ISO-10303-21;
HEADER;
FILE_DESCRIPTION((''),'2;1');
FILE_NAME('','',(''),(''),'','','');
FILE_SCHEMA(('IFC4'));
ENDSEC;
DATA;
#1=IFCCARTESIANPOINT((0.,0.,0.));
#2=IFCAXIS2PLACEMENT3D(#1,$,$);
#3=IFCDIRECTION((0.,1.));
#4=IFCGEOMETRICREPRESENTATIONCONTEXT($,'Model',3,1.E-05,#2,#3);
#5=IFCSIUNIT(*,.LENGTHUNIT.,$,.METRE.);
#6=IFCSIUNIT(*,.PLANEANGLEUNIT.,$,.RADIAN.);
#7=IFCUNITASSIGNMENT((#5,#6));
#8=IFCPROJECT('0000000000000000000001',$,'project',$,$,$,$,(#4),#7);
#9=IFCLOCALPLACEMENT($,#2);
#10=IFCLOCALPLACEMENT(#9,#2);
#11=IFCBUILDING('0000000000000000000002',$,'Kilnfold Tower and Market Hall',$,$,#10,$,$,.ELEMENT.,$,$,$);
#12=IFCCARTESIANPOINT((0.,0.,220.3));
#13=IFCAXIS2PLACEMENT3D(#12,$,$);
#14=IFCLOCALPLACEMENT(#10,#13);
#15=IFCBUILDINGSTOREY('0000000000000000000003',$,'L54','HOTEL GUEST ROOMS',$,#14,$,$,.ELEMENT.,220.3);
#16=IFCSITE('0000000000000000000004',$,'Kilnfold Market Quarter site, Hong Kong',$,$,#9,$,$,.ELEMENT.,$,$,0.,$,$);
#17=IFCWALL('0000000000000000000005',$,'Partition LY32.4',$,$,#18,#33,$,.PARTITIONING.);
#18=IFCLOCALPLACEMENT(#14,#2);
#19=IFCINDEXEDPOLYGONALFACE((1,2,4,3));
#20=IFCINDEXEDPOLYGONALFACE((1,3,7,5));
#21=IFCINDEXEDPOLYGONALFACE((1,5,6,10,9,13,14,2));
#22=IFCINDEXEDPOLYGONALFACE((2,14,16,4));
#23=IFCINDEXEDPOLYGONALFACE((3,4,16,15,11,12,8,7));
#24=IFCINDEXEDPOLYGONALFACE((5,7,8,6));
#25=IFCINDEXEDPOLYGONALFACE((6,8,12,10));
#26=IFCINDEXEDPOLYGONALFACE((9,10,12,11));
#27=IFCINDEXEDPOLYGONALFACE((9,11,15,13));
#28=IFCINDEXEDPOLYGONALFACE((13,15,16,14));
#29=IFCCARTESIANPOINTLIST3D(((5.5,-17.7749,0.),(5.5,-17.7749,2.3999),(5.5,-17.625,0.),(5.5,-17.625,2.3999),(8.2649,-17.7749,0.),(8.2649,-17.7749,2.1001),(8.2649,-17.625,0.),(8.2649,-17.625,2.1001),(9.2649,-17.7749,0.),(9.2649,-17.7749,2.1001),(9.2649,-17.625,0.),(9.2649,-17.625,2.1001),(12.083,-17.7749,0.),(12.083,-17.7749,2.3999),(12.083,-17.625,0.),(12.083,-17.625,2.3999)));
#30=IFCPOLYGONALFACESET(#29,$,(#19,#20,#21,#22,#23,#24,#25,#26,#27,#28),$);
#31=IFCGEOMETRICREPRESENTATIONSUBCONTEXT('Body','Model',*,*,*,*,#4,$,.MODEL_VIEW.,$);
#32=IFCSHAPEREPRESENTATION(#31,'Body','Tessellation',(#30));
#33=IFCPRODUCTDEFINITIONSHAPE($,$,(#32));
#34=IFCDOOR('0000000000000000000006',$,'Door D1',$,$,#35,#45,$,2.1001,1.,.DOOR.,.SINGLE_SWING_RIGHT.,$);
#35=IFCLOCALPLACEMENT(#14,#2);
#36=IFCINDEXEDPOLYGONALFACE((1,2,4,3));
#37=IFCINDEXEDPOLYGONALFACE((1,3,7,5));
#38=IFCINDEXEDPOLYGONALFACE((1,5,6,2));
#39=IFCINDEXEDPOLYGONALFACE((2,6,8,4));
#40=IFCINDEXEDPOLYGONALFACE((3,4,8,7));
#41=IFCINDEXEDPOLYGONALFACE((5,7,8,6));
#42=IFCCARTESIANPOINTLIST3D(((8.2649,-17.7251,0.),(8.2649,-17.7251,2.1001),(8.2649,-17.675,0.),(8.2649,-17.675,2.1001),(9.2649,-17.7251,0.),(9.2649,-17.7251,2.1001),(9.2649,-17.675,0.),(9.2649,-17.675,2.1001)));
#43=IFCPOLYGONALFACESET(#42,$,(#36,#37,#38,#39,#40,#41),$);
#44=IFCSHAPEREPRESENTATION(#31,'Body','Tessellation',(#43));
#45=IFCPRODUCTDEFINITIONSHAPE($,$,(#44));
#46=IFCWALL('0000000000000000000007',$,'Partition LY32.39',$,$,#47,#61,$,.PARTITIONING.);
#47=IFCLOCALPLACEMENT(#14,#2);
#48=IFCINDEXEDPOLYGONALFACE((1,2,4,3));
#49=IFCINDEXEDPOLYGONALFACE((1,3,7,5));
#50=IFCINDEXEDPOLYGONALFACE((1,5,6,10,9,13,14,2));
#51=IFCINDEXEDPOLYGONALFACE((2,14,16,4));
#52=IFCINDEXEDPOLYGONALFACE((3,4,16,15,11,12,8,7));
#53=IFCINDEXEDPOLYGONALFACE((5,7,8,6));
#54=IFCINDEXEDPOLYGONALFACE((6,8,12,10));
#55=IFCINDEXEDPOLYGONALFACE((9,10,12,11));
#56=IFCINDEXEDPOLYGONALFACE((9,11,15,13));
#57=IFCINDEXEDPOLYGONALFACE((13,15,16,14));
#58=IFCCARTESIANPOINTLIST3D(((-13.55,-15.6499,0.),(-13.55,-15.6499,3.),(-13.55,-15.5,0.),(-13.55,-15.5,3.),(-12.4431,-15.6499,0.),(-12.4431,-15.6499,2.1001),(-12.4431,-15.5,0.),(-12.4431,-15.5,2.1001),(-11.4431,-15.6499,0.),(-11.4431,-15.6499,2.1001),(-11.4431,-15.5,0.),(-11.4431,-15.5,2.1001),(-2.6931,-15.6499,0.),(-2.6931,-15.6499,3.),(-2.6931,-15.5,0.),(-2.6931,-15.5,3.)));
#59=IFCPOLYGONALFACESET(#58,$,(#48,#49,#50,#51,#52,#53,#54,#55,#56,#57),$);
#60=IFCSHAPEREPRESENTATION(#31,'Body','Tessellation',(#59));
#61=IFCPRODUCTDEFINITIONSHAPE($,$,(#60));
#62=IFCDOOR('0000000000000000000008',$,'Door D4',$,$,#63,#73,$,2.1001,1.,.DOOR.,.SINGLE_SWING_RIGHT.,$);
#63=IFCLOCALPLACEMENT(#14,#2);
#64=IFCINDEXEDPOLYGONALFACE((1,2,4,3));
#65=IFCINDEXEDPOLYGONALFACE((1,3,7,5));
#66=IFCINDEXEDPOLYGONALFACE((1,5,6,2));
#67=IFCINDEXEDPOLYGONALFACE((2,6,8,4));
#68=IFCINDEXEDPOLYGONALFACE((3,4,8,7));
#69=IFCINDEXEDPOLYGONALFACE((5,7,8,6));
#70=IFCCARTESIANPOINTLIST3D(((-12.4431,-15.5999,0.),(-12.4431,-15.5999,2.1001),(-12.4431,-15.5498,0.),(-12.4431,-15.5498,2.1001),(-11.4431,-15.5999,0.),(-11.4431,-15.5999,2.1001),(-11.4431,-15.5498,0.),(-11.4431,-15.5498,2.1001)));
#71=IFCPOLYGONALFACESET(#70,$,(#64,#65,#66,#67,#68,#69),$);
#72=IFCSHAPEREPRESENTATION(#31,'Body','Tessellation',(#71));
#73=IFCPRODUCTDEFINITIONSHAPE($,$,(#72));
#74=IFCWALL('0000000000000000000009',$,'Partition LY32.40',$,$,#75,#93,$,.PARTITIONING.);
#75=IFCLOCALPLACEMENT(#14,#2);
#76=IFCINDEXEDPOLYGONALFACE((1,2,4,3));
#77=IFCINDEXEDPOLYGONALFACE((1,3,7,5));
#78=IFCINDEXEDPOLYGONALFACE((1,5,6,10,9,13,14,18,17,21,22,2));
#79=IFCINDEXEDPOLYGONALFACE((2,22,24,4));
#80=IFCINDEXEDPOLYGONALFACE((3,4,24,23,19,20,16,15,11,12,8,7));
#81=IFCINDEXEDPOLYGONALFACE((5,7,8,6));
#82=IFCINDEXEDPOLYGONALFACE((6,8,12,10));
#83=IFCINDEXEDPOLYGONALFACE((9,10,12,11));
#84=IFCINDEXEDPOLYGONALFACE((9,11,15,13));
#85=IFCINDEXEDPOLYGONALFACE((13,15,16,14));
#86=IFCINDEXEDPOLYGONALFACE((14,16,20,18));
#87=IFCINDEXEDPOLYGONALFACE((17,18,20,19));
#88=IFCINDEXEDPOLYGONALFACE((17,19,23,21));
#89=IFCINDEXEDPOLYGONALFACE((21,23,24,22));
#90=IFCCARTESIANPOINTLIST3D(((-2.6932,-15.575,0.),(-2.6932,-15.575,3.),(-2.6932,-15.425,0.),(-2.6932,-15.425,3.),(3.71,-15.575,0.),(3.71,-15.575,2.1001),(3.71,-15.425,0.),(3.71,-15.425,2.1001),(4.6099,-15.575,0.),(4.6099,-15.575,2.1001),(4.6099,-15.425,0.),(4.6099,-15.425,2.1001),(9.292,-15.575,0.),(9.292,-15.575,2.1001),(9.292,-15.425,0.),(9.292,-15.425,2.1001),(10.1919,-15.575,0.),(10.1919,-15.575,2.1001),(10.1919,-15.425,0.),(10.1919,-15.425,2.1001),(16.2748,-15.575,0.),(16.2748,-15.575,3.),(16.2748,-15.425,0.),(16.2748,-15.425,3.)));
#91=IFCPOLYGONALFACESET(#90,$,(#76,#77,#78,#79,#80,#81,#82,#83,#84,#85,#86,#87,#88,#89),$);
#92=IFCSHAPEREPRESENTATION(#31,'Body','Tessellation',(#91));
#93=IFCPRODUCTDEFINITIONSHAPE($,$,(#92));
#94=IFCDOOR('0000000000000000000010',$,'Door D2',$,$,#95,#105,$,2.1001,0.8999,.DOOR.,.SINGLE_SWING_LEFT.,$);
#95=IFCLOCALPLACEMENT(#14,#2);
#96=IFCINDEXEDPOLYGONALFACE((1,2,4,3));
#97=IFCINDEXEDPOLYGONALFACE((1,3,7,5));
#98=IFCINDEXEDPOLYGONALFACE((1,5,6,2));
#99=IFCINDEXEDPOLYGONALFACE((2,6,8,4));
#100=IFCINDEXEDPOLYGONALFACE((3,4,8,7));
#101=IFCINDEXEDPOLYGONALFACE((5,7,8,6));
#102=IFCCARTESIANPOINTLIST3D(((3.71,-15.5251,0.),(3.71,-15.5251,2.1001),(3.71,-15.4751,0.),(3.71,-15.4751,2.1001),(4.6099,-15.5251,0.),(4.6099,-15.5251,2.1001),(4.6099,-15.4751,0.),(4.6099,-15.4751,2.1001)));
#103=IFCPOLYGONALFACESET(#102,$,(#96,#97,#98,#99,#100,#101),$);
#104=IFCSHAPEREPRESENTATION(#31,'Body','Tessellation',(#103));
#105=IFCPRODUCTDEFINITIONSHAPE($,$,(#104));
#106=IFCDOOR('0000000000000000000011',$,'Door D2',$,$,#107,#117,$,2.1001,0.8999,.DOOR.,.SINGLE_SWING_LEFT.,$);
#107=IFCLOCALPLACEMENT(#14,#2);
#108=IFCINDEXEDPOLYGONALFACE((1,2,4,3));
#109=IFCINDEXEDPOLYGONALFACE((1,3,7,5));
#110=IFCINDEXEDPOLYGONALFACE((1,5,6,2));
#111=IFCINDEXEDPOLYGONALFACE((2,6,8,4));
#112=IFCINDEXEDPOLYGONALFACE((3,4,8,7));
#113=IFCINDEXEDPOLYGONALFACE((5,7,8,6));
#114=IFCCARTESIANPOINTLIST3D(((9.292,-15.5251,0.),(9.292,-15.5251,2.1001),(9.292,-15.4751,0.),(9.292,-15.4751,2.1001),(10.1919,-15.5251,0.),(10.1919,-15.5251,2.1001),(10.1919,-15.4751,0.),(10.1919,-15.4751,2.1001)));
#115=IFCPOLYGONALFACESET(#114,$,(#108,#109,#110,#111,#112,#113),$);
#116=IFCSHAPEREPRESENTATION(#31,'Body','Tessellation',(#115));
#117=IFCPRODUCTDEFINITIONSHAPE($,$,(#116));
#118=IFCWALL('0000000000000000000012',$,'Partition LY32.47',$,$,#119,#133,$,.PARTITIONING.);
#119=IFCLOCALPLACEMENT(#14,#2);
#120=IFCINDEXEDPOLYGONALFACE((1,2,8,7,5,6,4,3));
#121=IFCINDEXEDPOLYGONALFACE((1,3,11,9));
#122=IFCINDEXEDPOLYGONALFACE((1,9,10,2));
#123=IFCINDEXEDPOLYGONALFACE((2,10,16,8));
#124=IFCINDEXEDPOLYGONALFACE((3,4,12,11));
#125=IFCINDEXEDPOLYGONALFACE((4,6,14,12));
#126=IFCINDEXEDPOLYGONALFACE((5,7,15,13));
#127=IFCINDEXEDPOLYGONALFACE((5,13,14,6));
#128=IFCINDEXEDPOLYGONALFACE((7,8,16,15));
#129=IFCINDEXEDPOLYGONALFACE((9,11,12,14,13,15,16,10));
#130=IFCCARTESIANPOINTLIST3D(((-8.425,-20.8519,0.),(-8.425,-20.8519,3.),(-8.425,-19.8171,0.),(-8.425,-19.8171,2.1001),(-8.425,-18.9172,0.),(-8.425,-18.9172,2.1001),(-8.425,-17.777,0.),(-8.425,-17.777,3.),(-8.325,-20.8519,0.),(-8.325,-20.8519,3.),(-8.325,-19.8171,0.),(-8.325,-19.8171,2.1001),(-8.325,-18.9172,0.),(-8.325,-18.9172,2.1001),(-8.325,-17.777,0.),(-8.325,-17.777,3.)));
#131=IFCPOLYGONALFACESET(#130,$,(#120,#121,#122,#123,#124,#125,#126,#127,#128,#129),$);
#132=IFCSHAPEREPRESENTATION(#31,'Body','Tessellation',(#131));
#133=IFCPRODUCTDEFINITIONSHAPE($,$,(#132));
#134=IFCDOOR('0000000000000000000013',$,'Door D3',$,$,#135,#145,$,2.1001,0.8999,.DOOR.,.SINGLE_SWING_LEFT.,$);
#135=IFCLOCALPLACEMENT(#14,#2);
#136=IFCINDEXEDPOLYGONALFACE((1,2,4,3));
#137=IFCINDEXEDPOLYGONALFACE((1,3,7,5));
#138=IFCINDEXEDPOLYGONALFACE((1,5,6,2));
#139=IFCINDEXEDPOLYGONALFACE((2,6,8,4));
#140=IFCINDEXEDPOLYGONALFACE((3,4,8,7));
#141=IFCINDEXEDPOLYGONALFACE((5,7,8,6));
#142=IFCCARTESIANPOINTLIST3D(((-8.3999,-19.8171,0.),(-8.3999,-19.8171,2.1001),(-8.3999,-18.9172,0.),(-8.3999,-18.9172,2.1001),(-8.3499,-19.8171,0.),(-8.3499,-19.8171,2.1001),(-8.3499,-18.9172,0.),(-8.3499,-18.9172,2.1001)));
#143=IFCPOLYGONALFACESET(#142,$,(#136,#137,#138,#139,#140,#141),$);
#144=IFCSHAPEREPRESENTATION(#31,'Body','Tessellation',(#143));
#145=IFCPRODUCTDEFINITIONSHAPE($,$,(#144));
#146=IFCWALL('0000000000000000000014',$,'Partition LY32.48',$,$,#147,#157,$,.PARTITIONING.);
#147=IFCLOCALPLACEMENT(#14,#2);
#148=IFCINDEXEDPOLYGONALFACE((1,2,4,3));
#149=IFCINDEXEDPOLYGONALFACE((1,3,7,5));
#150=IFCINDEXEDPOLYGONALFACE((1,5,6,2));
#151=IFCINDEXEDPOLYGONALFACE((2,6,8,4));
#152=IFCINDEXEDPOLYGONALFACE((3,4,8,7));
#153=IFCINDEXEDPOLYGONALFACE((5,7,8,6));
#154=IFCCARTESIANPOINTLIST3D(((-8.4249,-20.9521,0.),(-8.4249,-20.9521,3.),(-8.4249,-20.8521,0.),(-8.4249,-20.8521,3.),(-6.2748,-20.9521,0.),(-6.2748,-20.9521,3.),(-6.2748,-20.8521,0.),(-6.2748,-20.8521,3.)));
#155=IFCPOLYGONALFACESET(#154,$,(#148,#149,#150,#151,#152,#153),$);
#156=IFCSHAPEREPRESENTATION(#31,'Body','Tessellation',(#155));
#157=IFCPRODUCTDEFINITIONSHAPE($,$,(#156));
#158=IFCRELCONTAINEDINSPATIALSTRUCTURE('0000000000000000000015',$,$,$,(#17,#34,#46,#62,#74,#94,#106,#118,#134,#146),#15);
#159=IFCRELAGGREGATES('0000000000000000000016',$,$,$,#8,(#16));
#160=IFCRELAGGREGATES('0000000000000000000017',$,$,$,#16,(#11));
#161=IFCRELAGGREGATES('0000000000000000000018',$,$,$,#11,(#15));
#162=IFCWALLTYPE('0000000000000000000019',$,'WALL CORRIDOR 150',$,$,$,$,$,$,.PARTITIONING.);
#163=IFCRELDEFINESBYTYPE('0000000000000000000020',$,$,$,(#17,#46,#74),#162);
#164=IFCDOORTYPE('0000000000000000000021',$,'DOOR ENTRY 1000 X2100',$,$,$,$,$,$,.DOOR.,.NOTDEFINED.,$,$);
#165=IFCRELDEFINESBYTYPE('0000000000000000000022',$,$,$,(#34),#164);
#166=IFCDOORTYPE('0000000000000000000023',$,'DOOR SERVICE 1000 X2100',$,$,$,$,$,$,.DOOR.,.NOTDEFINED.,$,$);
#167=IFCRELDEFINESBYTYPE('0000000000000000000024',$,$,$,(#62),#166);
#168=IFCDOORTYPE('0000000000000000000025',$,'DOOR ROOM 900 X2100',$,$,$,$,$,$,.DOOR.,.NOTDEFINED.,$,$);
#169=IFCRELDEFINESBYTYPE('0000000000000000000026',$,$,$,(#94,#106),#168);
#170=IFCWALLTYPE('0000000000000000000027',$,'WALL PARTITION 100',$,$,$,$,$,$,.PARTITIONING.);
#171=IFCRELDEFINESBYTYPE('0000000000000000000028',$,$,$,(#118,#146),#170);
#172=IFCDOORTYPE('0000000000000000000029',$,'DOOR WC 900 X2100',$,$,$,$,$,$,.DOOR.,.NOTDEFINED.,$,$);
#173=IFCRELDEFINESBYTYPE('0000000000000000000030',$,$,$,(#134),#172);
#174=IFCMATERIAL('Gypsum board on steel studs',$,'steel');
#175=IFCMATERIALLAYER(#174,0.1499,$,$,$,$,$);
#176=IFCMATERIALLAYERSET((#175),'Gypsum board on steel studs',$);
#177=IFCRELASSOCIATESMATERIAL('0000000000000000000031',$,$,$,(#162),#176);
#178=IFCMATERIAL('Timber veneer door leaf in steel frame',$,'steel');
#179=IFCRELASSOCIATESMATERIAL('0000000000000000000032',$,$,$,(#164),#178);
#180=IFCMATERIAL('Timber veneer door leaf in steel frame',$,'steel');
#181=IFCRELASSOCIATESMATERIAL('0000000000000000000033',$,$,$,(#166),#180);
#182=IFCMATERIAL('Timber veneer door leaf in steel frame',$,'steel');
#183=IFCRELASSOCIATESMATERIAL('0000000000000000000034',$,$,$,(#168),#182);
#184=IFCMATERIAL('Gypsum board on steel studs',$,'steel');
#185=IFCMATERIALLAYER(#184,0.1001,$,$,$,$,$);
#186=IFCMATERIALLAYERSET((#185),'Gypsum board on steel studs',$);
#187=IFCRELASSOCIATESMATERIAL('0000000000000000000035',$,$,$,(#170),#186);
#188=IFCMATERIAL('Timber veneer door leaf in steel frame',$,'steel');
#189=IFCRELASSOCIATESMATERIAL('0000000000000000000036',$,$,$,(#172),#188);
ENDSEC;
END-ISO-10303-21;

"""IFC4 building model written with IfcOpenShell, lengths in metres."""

from ifc_helpers import new_model, si_unit, direction, frame, frame_2d, origin, place, context, subcontext, project, spatial, rectangle, extrude, material, layer, layer_set, type_object, element, fill, save


model = new_model("IFC4")

# Units and contexts
model_context = context("Model", 3, precision=1e-05, world=origin(), true_north=direction((0.0, 1.0)))
body_context = subcontext(model_context, "Body", "Model", "MODEL_VIEW")
ifc_project = project(units=[si_unit("LENGTHUNIT", "METRE"), si_unit("PLANEANGLEUNIT", "RADIAN")], contexts=[model_context])

# Site, building, storey
site_placement = place(None, origin())
site = spatial("IfcSite", under=ifc_project, at=site_placement, Name="Kilnfold Market Quarter site, Hong Kong", CompositionType="ELEMENT", RefElevation=0.0)
building_placement = place(site_placement, origin())
building = spatial("IfcBuilding", under=site, at=building_placement, Name="Kilnfold Tower and Market Hall", CompositionType="ELEMENT")
storey_placement = place(building_placement, frame((0.0, 0.0, 220.3)))
storey = spatial("IfcBuildingStorey", under=building, at=storey_placement, Name="L54", Description="HOTEL GUEST ROOMS", CompositionType="ELEMENT", Elevation=220.3)

# Shared definitions
ifc_material_1 = material(Name="Gypsum board on steel studs", Category="steel")
ifc_layer_1 = layer(ifc_material_1, 0.1499)
ifc_layer_set_1 = layer_set([ifc_layer_1], Name="Gypsum board on steel studs")
wall_type_1 = type_object("IfcWallType", Name="WALL CORRIDOR 150", PredefinedType="PARTITIONING", material=ifc_layer_set_1)

# Walls, openings, doors
ifc_material_2 = material(Name="Timber veneer door leaf in steel frame", Category="steel")
door_type_1 = type_object("IfcDoorType", Name="DOOR ENTRY 1000 X2100", OperationType="NOTDEFINED", PredefinedType="DOOR", material=ifc_material_2)
wall_1_placement = place(storey_placement, frame((5.5, -17.7, 0.0), z_axis=(0.0, 0.0, 1.0), x_axis=(1.0, 0.0, 0.0)))
wall_1 = element("IfcWall", 1, at=wall_1_placement, inside=storey, type_object=wall_type_1, Name="Partition LY32.4", PredefinedType="PARTITIONING", context=body_context, shape_type="SweptSolid", body=[
    extrude(rectangle(XDim=6.583, YDim=0.1499, at=frame_2d((3.2915, 0.0))), origin(), (0.0, 0.0, 1.0), 2.3999),
])
opening_1_placement = place(wall_1_placement, frame((2.7649, 0.0, 0.0)))
opening_1 = element("IfcOpeningElement", 2, at=opening_1_placement, cuts=wall_1, PredefinedType="OPENING", context=body_context, shape_type="SweptSolid", body=[
    extrude(rectangle(XDim=1.0, YDim=2.1001, at=frame_2d((0.5, 1.05))), frame((0.0, 0.085, 0.0), z_axis=(0.0, -1.0, 0.0), x_axis=(1.0, 0.0, 0.0)), (0.0, 0.0, 1.0), 0.1699),
])
door_1_placement = place(opening_1_placement, origin())
door_1 = element("IfcDoor", 3, at=door_1_placement, inside=storey, type_object=door_type_1, Name="Door D1", OperationType="SINGLE_SWING_RIGHT", OverallHeight=2.1001, OverallWidth=1.0, PredefinedType="DOOR", context=body_context, shape_type="SweptSolid", body=[
    extrude(rectangle(XDim=1.0, YDim=2.1001, at=frame_2d((0.5, 1.05))), frame((0.0, 0.0249, 0.0), z_axis=(0.0, -1.0, 0.0), x_axis=(1.0, 0.0, 0.0)), (0.0, 0.0, 1.0), 0.05),
])
fill(opening_1, door_1)
wall_2_placement = place(storey_placement, frame((-2.6931, -15.575, 0.0), z_axis=(0.0, 0.0, 1.0), x_axis=(-1.0, 0.0, 0.0)))
wall_2 = element("IfcWall", 4, at=wall_2_placement, inside=storey, type_object=wall_type_1, Name="Partition LY32.39", PredefinedType="PARTITIONING", context=body_context, shape_type="SweptSolid", body=[
    extrude(rectangle(XDim=10.8569, YDim=0.1499, at=frame_2d((5.4285, 0.0))), origin(), (0.0, 0.0, 1.0), 3.0),
])
opening_2_placement = place(wall_2_placement, frame((8.75, 0.0, 0.0)))
opening_2 = element("IfcOpeningElement", 5, at=opening_2_placement, cuts=wall_2, PredefinedType="OPENING", context=body_context, shape_type="SweptSolid", body=[
    extrude(rectangle(XDim=1.0, YDim=2.1001, at=frame_2d((0.5, 1.05))), frame((0.0, 0.085, 0.0), z_axis=(0.0, -1.0, 0.0), x_axis=(1.0, 0.0, 0.0)), (0.0, 0.0, 1.0), 0.1699),
])
ifc_material_3 = material(Name="Timber veneer door leaf in steel frame", Category="steel")
door_type_2 = type_object("IfcDoorType", Name="DOOR SERVICE 1000 X2100", OperationType="NOTDEFINED", PredefinedType="DOOR", material=ifc_material_3)
door_2_placement = place(opening_2_placement, origin())
door_2 = element("IfcDoor", 6, at=door_2_placement, inside=storey, type_object=door_type_2, Name="Door D4", OperationType="SINGLE_SWING_RIGHT", OverallHeight=2.1001, OverallWidth=1.0, PredefinedType="DOOR", context=body_context, shape_type="SweptSolid", body=[
    extrude(rectangle(XDim=1.0, YDim=2.1001, at=frame_2d((0.5, 1.05))), frame((0.0, 0.0249, 0.0), z_axis=(0.0, -1.0, 0.0), x_axis=(1.0, 0.0, 0.0)), (0.0, 0.0, 1.0), 0.05),
])
fill(opening_2, door_2)

# Wall, openings, doors
wall_3_placement = place(storey_placement, frame((-2.6931, -15.5, 0.0), z_axis=(0.0, 0.0, 1.0), x_axis=(1.0, 0.0, 0.0)))
wall_3 = element("IfcWall", 7, at=wall_3_placement, inside=storey, type_object=wall_type_1, Name="Partition LY32.40", PredefinedType="PARTITIONING", context=body_context, shape_type="SweptSolid", body=[
    extrude(rectangle(XDim=18.968, YDim=0.1499, at=frame_2d((9.4839, 0.0))), origin(), (0.0, 0.0, 1.0), 3.0),
])
opening_3_placement = place(wall_3_placement, frame((6.4031, 0.0, 0.0)))
opening_3 = element("IfcOpeningElement", 8, at=opening_3_placement, cuts=wall_3, PredefinedType="OPENING", context=body_context, shape_type="SweptSolid", body=[
    extrude(rectangle(XDim=0.8999, YDim=2.1001, at=frame_2d((0.45, 1.05))), frame((0.0, 0.085, 0.0), z_axis=(0.0, -1.0, 0.0), x_axis=(1.0, 0.0, 0.0)), (0.0, 0.0, 1.0), 0.1699),
])
opening_4_placement = place(wall_3_placement, frame((11.9851, 0.0, 0.0)))
opening_4 = element("IfcOpeningElement", 9, at=opening_4_placement, cuts=wall_3, PredefinedType="OPENING", context=body_context, shape_type="SweptSolid", body=[
    extrude(rectangle(XDim=0.8999, YDim=2.1001, at=frame_2d((0.45, 1.05))), frame((0.0, 0.085, 0.0), z_axis=(0.0, -1.0, 0.0), x_axis=(1.0, 0.0, 0.0)), (0.0, 0.0, 1.0), 0.1699),
])
ifc_material_4 = material(Name="Timber veneer door leaf in steel frame", Category="steel")
door_type_3 = type_object("IfcDoorType", Name="DOOR ROOM 900 X2100", OperationType="NOTDEFINED", PredefinedType="DOOR", material=ifc_material_4)
door_3_placement = place(opening_3_placement, origin())
door_3 = element("IfcDoor", 10, at=door_3_placement, inside=storey, type_object=door_type_3, Name="Door D2", OperationType="SINGLE_SWING_LEFT", OverallHeight=2.1001, OverallWidth=0.8999, PredefinedType="DOOR", context=body_context, shape_type="SweptSolid", body=[
    extrude(rectangle(XDim=0.8999, YDim=2.1001, at=frame_2d((0.45, 1.05))), frame((0.0, 0.0249, 0.0), z_axis=(0.0, -1.0, 0.0), x_axis=(1.0, 0.0, 0.0)), (0.0, 0.0, 1.0), 0.05),
])
fill(opening_3, door_3)
door_4_placement = place(opening_4_placement, origin())
door_4 = element("IfcDoor", 11, at=door_4_placement, inside=storey, type_object=door_type_3, Name="Door D2", OperationType="SINGLE_SWING_LEFT", OverallHeight=2.1001, OverallWidth=0.8999, PredefinedType="DOOR", context=body_context, shape_type="SweptSolid", body=[
    extrude(rectangle(XDim=0.8999, YDim=2.1001, at=frame_2d((0.45, 1.05))), frame((0.0, 0.0249, 0.0), z_axis=(0.0, -1.0, 0.0), x_axis=(1.0, 0.0, 0.0)), (0.0, 0.0, 1.0), 0.05),
])
fill(opening_4, door_4)

# Wall, opening, door
ifc_material_5 = material(Name="Gypsum board on steel studs", Category="steel")
ifc_layer_2 = layer(ifc_material_5, 0.1001)
ifc_layer_set_2 = layer_set([ifc_layer_2], Name="Gypsum board on steel studs")
wall_type_2 = type_object("IfcWallType", Name="WALL PARTITION 100", PredefinedType="PARTITIONING", material=ifc_layer_set_2)
wall_4_placement = place(storey_placement, frame((-8.375, -20.8521, 0.0), z_axis=(0.0, 0.0, 1.0), x_axis=(0.0, 1.0, 0.0)))
wall_4 = element("IfcWall", 12, at=wall_4_placement, inside=storey, type_object=wall_type_2, Name="Partition LY32.47", PredefinedType="PARTITIONING", context=body_context, shape_type="SweptSolid", body=[
    extrude(rectangle(XDim=3.075, YDim=0.1001, at=frame_2d((1.5376, 0.0))), origin(), (0.0, 0.0, 1.0), 3.0),
])
opening_5_placement = place(wall_4_placement, frame((1.0349, 0.0, 0.0)))
opening_5 = element("IfcOpeningElement", 13, at=opening_5_placement, cuts=wall_4, PredefinedType="OPENING", context=body_context, shape_type="SweptSolid", body=[
    extrude(rectangle(XDim=0.8999, YDim=2.1001, at=frame_2d((0.45, 1.05))), frame((0.0, 0.0601, 0.0), z_axis=(0.0, -1.0, 0.0), x_axis=(1.0, 0.0, 0.0)), (0.0, 0.0, 1.0), 0.1201),
])
ifc_material_6 = material(Name="Timber veneer door leaf in steel frame", Category="steel")
door_type_4 = type_object("IfcDoorType", Name="DOOR WC 900 X2100", OperationType="NOTDEFINED", PredefinedType="DOOR", material=ifc_material_6)
door_5_placement = place(opening_5_placement, origin())
door_5 = element("IfcDoor", 14, at=door_5_placement, inside=storey, type_object=door_type_4, Name="Door D3", OperationType="SINGLE_SWING_LEFT", OverallHeight=2.1001, OverallWidth=0.8999, PredefinedType="DOOR", context=body_context, shape_type="SweptSolid", body=[
    extrude(rectangle(XDim=0.8999, YDim=2.1001, at=frame_2d((0.45, 1.05))), frame((0.0, 0.0249, 0.0), z_axis=(0.0, -1.0, 0.0), x_axis=(1.0, 0.0, 0.0)), (0.0, 0.0, 1.0), 0.05),
])
fill(opening_5, door_5)

# Wall
wall_5_placement = place(storey_placement, frame((-8.425, -20.9021, 0.0), z_axis=(0.0, 0.0, 1.0), x_axis=(1.0, 0.0, 0.0)))
element("IfcWall", 15, at=wall_5_placement, inside=storey, type_object=wall_type_2, Name="Partition LY32.48", PredefinedType="PARTITIONING", context=body_context, shape_type="SweptSolid", body=[
    extrude(rectangle(XDim=2.1501, YDim=0.1001, at=frame_2d((1.0752, 0.0))), origin(), (0.0, 0.0, 1.0), 3.0),
])

save(model, "model.ifc")
